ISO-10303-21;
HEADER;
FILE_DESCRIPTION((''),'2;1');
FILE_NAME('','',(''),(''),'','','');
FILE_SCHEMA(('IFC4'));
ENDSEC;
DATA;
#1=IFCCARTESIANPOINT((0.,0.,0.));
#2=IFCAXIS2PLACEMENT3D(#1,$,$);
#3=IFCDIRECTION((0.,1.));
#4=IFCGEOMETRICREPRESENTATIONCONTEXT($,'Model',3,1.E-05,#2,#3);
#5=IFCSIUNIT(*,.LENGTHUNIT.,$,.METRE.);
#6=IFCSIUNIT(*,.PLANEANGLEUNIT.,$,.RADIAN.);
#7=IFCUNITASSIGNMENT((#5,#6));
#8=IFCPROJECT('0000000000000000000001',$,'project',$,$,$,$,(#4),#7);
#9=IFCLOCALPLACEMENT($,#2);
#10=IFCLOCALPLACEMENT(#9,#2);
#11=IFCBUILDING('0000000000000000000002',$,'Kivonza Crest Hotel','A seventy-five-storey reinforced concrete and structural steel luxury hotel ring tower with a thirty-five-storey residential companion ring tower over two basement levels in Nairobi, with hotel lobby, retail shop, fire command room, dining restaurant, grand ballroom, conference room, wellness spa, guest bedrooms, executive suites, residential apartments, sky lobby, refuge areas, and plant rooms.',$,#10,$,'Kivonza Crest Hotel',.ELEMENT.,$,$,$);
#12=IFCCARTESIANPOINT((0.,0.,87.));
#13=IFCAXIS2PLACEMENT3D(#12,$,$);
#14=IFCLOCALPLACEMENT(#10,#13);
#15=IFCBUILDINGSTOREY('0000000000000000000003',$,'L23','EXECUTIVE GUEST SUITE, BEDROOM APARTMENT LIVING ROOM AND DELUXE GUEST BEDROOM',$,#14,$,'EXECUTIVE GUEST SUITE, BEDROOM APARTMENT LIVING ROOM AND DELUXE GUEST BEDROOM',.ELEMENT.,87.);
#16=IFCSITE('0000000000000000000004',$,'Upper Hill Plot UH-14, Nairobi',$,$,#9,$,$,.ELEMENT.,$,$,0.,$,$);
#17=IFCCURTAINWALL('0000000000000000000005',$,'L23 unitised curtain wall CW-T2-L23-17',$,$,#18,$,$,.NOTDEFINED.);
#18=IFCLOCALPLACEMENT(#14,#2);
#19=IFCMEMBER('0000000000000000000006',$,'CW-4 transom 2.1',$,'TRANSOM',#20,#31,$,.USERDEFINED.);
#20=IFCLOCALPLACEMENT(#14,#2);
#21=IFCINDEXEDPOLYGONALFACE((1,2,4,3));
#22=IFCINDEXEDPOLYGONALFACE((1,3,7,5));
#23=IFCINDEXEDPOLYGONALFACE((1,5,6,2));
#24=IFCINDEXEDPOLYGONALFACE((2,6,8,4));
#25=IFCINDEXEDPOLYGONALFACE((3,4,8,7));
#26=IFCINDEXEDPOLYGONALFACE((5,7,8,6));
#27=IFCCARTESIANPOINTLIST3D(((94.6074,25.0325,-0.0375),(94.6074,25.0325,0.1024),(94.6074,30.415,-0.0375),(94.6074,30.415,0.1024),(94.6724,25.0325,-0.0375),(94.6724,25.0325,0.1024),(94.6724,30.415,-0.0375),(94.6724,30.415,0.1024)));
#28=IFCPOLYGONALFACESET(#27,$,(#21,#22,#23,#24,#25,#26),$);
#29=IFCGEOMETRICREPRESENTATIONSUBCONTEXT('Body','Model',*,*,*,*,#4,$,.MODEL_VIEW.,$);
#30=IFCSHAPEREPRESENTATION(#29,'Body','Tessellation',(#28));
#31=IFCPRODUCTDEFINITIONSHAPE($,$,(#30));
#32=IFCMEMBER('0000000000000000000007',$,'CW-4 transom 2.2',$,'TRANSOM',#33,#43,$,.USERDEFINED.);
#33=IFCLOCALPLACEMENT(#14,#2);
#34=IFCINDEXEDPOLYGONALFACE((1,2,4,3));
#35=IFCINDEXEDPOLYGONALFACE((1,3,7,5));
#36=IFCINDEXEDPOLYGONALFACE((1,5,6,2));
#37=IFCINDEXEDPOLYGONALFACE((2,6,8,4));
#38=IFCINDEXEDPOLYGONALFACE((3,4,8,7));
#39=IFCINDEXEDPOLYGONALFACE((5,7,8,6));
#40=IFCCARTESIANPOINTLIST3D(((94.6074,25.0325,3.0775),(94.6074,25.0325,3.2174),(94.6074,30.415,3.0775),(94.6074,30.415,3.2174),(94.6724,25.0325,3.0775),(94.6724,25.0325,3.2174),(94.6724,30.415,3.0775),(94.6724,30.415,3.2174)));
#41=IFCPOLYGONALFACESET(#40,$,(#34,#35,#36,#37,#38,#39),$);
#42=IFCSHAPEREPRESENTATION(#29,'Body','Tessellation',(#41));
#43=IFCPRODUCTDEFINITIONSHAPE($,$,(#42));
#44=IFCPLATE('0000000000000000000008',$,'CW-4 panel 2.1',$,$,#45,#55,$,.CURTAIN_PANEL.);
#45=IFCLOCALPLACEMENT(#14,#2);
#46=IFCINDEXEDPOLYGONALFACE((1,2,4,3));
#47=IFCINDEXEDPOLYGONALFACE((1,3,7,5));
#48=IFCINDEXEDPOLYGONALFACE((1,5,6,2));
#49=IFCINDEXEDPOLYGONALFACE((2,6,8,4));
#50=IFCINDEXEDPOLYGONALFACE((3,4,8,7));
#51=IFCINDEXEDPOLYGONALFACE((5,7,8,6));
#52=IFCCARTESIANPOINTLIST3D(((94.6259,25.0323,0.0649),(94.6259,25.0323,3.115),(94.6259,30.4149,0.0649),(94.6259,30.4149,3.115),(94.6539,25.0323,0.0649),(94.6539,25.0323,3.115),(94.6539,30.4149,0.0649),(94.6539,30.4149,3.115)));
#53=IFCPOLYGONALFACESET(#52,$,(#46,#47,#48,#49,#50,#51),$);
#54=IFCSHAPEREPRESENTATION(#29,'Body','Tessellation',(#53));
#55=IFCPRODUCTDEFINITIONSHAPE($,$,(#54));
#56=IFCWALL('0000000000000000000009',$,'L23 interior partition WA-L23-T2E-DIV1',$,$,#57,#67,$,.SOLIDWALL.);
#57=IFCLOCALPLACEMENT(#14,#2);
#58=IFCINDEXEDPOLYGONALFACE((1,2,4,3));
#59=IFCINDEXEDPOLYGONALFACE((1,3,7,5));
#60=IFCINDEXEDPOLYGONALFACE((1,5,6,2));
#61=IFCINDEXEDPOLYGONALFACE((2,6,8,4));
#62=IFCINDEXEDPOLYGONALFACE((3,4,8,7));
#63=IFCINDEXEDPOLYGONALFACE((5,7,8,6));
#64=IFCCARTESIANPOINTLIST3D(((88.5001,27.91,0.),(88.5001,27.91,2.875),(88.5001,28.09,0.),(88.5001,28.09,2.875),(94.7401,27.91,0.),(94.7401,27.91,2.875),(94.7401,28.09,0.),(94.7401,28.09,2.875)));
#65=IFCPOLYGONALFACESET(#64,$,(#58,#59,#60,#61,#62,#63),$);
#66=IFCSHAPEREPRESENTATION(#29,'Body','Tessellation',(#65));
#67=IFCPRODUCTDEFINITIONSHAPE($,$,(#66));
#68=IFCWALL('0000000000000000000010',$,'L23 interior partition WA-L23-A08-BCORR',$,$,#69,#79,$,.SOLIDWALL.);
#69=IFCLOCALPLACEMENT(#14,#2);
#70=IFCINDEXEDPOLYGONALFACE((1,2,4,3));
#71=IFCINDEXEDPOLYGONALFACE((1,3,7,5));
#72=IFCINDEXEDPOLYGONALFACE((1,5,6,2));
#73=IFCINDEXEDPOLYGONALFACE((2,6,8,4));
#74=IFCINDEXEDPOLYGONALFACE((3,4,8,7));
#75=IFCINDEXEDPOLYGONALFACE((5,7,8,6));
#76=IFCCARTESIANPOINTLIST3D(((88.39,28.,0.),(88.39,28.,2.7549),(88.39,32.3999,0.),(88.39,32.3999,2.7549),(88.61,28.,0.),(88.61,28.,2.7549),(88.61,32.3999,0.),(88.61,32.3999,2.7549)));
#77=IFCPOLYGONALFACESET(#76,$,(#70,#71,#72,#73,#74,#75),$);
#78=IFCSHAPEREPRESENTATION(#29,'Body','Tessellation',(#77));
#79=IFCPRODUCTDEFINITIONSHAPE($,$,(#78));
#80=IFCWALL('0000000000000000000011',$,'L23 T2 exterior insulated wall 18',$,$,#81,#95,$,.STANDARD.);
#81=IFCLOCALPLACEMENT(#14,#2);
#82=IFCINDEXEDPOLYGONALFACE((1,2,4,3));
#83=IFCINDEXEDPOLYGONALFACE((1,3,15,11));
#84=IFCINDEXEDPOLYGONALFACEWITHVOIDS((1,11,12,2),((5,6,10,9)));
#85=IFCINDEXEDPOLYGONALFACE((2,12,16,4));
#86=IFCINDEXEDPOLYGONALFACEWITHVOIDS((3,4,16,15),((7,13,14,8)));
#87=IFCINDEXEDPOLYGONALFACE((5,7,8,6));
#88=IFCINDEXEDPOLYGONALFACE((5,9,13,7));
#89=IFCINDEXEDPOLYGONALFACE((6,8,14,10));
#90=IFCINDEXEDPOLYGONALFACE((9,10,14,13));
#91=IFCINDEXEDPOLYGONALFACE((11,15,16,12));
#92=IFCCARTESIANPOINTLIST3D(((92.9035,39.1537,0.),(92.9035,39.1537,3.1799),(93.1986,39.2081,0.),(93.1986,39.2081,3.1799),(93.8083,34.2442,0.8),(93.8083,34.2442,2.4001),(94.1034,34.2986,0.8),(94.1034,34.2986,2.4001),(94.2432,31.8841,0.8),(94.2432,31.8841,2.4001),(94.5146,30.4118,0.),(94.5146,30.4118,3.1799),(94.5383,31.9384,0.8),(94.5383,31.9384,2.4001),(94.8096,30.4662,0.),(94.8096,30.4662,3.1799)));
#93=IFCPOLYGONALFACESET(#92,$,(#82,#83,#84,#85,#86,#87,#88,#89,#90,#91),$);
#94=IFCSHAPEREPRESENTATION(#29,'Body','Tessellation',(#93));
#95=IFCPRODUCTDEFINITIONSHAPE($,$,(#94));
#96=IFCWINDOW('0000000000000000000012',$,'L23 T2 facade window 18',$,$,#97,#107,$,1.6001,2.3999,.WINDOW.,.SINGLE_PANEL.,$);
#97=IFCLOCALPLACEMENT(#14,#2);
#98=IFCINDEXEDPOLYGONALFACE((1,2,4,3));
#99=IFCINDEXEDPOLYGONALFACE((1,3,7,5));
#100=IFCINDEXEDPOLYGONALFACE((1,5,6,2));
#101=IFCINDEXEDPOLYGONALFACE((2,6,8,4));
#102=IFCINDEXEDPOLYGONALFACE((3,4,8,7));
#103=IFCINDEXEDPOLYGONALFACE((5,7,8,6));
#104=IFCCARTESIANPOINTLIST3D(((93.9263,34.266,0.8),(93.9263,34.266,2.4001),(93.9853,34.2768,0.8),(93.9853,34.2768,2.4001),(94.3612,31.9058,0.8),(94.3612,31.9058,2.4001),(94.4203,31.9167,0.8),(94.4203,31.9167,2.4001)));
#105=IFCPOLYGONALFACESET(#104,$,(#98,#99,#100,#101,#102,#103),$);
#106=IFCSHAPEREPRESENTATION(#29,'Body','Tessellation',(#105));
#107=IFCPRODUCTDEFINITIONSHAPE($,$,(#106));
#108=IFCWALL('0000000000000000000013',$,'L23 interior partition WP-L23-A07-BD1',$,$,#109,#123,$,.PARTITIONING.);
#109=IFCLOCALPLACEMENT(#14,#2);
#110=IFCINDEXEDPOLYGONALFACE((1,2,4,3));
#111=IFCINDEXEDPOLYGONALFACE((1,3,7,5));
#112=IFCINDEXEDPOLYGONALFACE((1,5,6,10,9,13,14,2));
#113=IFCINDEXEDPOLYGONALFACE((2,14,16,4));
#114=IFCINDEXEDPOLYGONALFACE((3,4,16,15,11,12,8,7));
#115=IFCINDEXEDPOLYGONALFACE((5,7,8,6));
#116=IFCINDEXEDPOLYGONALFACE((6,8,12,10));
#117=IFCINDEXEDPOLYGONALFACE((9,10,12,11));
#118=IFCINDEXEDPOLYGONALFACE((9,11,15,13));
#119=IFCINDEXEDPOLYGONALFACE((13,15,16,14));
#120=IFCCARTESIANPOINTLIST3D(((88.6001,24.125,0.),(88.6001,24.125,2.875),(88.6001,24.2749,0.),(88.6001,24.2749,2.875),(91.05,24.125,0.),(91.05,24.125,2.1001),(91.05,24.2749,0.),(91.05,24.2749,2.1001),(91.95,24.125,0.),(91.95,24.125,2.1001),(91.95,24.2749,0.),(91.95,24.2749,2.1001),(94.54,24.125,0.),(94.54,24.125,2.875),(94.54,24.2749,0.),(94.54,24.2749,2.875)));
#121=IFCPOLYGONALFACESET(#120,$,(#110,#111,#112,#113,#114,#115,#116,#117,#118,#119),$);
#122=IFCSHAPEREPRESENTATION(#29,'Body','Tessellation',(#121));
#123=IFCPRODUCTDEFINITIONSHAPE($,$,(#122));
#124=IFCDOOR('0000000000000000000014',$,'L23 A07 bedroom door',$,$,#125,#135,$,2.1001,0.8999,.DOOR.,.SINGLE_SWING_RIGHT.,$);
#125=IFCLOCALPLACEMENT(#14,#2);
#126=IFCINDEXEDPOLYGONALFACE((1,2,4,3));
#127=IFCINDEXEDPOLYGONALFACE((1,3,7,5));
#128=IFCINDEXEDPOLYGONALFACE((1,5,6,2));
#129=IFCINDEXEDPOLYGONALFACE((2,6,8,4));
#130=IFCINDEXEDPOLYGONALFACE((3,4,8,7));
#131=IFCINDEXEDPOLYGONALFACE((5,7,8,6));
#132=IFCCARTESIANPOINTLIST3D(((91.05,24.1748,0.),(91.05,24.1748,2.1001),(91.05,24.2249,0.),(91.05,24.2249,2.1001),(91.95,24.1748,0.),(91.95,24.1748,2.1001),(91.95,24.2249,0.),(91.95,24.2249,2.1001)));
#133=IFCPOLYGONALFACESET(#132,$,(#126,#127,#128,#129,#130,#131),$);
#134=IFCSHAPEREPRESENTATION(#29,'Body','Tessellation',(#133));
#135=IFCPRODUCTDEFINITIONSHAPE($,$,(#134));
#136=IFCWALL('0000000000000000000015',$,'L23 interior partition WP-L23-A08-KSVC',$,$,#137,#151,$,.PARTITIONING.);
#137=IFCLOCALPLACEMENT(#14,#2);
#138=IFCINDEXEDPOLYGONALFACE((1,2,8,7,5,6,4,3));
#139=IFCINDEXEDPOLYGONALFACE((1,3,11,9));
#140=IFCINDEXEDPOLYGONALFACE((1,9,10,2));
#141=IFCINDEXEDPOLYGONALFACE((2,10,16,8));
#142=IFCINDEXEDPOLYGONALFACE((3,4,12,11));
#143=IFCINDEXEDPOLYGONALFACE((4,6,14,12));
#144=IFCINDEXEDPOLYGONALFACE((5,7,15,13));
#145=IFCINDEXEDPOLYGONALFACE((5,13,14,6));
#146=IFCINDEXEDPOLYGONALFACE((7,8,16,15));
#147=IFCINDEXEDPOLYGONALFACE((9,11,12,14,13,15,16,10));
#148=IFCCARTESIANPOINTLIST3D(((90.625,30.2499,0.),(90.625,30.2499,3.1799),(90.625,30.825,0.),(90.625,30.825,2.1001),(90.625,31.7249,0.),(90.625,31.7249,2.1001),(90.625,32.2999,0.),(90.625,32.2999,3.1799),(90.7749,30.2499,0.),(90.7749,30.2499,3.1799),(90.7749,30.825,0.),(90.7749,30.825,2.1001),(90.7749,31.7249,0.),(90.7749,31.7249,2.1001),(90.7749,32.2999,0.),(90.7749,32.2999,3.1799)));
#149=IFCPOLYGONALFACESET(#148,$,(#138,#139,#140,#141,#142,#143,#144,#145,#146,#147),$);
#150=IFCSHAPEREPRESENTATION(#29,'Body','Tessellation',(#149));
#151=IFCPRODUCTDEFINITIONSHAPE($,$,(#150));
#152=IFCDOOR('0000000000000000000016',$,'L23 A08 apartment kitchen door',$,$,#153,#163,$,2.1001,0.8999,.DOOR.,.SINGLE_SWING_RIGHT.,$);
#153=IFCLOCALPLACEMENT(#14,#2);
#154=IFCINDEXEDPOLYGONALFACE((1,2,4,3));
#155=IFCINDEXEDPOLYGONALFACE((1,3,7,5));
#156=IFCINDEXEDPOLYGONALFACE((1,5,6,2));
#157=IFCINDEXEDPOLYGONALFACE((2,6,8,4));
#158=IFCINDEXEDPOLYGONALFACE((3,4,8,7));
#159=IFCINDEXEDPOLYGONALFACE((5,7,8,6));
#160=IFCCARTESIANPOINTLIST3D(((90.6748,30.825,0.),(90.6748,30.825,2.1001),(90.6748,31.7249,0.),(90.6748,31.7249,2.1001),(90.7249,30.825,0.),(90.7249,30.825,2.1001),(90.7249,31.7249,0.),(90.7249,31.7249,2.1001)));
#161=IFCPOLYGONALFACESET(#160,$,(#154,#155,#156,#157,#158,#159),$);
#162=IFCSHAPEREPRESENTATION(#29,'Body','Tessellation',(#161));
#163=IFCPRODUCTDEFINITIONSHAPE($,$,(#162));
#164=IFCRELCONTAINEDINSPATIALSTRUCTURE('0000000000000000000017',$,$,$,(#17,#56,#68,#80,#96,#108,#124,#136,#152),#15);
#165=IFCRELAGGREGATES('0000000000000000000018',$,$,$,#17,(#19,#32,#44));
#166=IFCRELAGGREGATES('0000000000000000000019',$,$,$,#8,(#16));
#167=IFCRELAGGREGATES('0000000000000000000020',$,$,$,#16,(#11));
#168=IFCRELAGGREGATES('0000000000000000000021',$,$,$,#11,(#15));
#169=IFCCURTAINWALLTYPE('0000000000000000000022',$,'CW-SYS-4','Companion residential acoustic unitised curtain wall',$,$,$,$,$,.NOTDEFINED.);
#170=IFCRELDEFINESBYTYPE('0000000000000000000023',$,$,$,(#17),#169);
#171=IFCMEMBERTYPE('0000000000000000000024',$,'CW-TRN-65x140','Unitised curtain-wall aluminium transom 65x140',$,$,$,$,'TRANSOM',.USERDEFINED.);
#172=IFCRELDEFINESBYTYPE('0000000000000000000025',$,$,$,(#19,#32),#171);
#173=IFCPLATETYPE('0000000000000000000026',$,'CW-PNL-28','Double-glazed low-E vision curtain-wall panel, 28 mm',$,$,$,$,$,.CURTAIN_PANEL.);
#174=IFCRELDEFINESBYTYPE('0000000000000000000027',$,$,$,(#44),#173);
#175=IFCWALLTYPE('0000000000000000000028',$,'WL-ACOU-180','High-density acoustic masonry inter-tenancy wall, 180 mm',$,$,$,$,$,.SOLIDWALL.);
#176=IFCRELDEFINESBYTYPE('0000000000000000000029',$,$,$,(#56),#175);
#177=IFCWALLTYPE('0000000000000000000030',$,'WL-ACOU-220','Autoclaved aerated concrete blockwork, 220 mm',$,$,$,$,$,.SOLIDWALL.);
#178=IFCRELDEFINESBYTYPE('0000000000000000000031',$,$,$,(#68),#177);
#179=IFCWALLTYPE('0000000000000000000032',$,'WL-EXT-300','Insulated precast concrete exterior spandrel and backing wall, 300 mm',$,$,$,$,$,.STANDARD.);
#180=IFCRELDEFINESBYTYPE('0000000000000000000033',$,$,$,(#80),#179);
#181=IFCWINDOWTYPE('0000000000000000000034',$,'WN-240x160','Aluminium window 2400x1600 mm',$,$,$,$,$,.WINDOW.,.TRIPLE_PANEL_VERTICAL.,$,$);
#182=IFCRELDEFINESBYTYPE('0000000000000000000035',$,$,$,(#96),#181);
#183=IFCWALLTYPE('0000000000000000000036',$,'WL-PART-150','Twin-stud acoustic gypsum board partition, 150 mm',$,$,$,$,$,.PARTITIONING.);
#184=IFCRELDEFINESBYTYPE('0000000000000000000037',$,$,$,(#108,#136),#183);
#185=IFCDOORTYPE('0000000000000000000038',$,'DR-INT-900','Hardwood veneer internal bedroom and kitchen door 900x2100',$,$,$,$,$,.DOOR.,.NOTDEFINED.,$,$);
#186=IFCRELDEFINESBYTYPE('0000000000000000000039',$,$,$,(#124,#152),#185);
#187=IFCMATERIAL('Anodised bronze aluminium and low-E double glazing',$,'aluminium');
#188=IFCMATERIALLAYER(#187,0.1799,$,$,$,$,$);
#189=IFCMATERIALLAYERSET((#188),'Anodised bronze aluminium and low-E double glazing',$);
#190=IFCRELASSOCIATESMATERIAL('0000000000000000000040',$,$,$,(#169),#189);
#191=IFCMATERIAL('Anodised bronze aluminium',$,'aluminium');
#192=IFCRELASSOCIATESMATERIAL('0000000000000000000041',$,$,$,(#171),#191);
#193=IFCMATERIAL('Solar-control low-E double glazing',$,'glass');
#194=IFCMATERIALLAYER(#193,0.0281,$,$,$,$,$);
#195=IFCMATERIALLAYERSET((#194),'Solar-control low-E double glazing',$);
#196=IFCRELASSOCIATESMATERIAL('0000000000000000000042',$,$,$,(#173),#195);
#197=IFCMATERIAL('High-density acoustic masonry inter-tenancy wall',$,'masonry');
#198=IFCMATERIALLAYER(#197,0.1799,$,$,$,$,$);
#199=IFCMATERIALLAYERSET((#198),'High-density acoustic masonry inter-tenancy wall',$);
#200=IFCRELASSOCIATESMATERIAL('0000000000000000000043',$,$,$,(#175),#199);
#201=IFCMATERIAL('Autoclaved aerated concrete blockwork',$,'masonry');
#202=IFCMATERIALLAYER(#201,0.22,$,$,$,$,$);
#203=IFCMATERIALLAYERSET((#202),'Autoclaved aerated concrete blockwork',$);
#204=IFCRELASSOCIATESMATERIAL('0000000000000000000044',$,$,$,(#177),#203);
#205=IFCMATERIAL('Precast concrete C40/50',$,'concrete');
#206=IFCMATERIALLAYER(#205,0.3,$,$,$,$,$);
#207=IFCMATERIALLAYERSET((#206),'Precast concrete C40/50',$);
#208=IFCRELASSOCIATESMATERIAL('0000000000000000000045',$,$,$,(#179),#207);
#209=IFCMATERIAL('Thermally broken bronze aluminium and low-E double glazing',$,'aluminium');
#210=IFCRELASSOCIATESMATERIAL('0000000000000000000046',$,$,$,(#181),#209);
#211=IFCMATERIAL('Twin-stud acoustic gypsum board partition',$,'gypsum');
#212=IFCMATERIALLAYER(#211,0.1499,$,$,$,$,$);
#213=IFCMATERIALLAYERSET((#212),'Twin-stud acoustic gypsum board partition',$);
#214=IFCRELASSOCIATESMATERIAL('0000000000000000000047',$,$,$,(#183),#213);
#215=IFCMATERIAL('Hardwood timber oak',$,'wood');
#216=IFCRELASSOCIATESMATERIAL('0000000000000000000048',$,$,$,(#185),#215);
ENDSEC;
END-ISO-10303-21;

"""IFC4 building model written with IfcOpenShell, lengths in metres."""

from ifc_helpers import new_model, si_unit, direction, frame, frame_2d, origin, origin_2d, place, context, subcontext, project, spatial, rectangle, extrude, material, layer, layer_set, material_profile, profile_set, type_object, element, fill, aggregate, save


model = new_model("IFC4")

# Units and contexts
model_context = context("Model", 3, precision=1e-05, world=origin(), true_north=direction((0.0, 1.0)))
body_context = subcontext(model_context, "Body", "Model", "MODEL_VIEW")
ifc_project = project(units=[si_unit("LENGTHUNIT", "METRE"), si_unit("PLANEANGLEUNIT", "RADIAN")], contexts=[model_context])

# Site, building, storey
site_placement = place(None, origin())
site = spatial("IfcSite", under=ifc_project, at=site_placement, Name="Upper Hill Plot UH-14, Nairobi", CompositionType="ELEMENT", RefElevation=0.0)
building_placement = place(site_placement, origin())
building = spatial("IfcBuilding", under=site, at=building_placement, Name="Kivonza Crest Hotel", Description="A seventy-five-storey reinforced concrete and structural steel luxury hotel ring tower with a thirty-five-storey residential companion ring tower over two basement levels in Nairobi, with hotel lobby, retail shop, fire command room, dining restaurant, grand ballroom, conference room, wellness spa, guest bedrooms, executive suites, residential apartments, sky lobby, refuge areas, and plant rooms.", LongName="Kivonza Crest Hotel", CompositionType="ELEMENT")
storey_placement = place(building_placement, frame((0.0, 0.0, 87.0)))
storey = spatial("IfcBuildingStorey", under=building, at=storey_placement, Name="L23", Description="EXECUTIVE GUEST SUITE, BEDROOM APARTMENT LIVING ROOM AND DELUXE GUEST BEDROOM", LongName="EXECUTIVE GUEST SUITE, BEDROOM APARTMENT LIVING ROOM AND DELUXE GUEST BEDROOM", CompositionType="ELEMENT", Elevation=87.0)

# Curtain wall, members, plate
ifc_material_1 = material(Name="Anodised bronze aluminium and low-E double glazing", Category="aluminium")
ifc_layer_1 = layer(ifc_material_1, 0.1799)
ifc_layer_set_1 = layer_set([ifc_layer_1], Name="Anodised bronze aluminium and low-E double glazing")
curtain_wall_type = type_object("IfcCurtainWallType", Name="CW-SYS-4", Description="Companion residential acoustic unitised curtain wall", PredefinedType="NOTDEFINED", material=ifc_layer_set_1)
curtain_wall_placement = place(storey_placement, origin())
curtain_wall = element("IfcCurtainWall", 1, at=curtain_wall_placement, inside=storey, type_object=curtain_wall_type, Name="L23 unitised curtain wall CW-T2-L23-17", PredefinedType="NOTDEFINED")
ifc_material_2 = material(Name="Anodised bronze aluminium", Category="aluminium")
ifc_material_profile_1 = material_profile(ifc_material_2, rectangle(XDim=0.0649, YDim=0.1399, at=origin_2d()), Name="CW-T 65x140")
ifc_profile_set_1 = profile_set([ifc_material_profile_1], Name="Anodised bronze aluminium")
member_type_1 = type_object("IfcMemberType", Name="CW-TRN-65x140", Description="Unitised curtain-wall aluminium transom 65x140", ElementType="TRANSOM", PredefinedType="USERDEFINED", material=ifc_profile_set_1)
member_1_placement = place(storey_placement, frame((94.6399, 25.0325, 0.0325), z_axis=(0.0, 1.0, 0.0), x_axis=(-1.0, 0.0, 0.0)))
member_1 = element("IfcMember", 2, at=member_1_placement, type_object=member_type_1, Name="CW-4 transom 2.1", ObjectType="TRANSOM", PredefinedType="USERDEFINED", context=body_context, shape_type="SweptSolid", body=[
    extrude(rectangle(XDim=0.0649, YDim=0.1399, at=origin_2d()), origin(), (0.0, 0.0, 1.0), 5.3826),
])
member_2_placement = place(storey_placement, frame((94.6399, 25.0325, 3.1475), z_axis=(0.0, 1.0, 0.0), x_axis=(-1.0, 0.0, 0.0)))
member_2 = element("IfcMember", 3, at=member_2_placement, type_object=member_type_1, Name="CW-4 transom 2.2", ObjectType="TRANSOM", PredefinedType="USERDEFINED", context=body_context, shape_type="SweptSolid", body=[
    extrude(rectangle(XDim=0.0649, YDim=0.1399, at=origin_2d()), origin(), (0.0, 0.0, 1.0), 5.3826),
])
ifc_material_3 = material(Name="Solar-control low-E double glazing", Category="glass")
ifc_layer_2 = layer(ifc_material_3, 0.0281)
ifc_layer_set_2 = layer_set([ifc_layer_2], Name="Solar-control low-E double glazing")
plate_type = type_object("IfcPlateType", Name="CW-PNL-28", Description="Double-glazed low-E vision curtain-wall panel, 28 mm", PredefinedType="CURTAIN_PANEL", material=ifc_layer_set_2)
plate_placement = place(storey_placement, frame((94.6399, 27.7236, 0.0649), z_axis=(0.0, 0.0, 1.0), x_axis=(0.0, 1.0, 0.0)))
plate = element("IfcPlate", 4, at=plate_placement, type_object=plate_type, Name="CW-4 panel 2.1", PredefinedType="CURTAIN_PANEL", context=body_context, shape_type="SweptSolid", body=[
    extrude(rectangle(XDim=5.3826, YDim=0.0281, at=origin_2d()), origin(), (0.0, 0.0, 1.0), 3.05),
])
aggregate(curtain_wall, [member_1, member_2, plate])

# Walls
ifc_material_4 = material(Name="High-density acoustic masonry inter-tenancy wall", Category="masonry")
ifc_layer_3 = layer(ifc_material_4, 0.1799)
ifc_layer_set_3 = layer_set([ifc_layer_3], Name="High-density acoustic masonry inter-tenancy wall")
wall_type_1 = type_object("IfcWallType", Name="WL-ACOU-180", Description="High-density acoustic masonry inter-tenancy wall, 180 mm", PredefinedType="SOLIDWALL", material=ifc_layer_set_3)
wall_1_placement = place(storey_placement, frame((88.5, 28.0, 0.0), z_axis=(0.0, 0.0, 1.0), x_axis=(1.0, 0.0, 0.0)))
element("IfcWall", 5, at=wall_1_placement, inside=storey, type_object=wall_type_1, Name="L23 interior partition WA-L23-T2E-DIV1", PredefinedType="SOLIDWALL", context=body_context, shape_type="SweptSolid", body=[
    extrude(rectangle(XDim=6.24, YDim=0.1799, at=frame_2d((3.1201, 0.0))), origin(), (0.0, 0.0, 1.0), 2.875),
])
ifc_material_5 = material(Name="Autoclaved aerated concrete blockwork", Category="masonry")
ifc_layer_4 = layer(ifc_material_5, 0.22)
ifc_layer_set_4 = layer_set([ifc_layer_4], Name="Autoclaved aerated concrete blockwork")
wall_type_2 = type_object("IfcWallType", Name="WL-ACOU-220", Description="Autoclaved aerated concrete blockwork, 220 mm", PredefinedType="SOLIDWALL", material=ifc_layer_set_4)
wall_2_placement = place(storey_placement, frame((88.5, 28.0, 0.0), z_axis=(0.0, 0.0, 1.0), x_axis=(0.0, 1.0, 0.0)))
element("IfcWall", 6, at=wall_2_placement, inside=storey, type_object=wall_type_2, Name="L23 interior partition WA-L23-A08-BCORR", PredefinedType="SOLIDWALL", context=body_context, shape_type="SweptSolid", body=[
    extrude(rectangle(XDim=4.3999, YDim=0.22, at=frame_2d((2.2, 0.0))), origin(), (0.0, 0.0, 1.0), 2.7549),
])

# Wall, opening, window
ifc_material_6 = material(Name="Precast concrete C40/50", Category="concrete")
ifc_layer_5 = layer(ifc_material_6, 0.3)
ifc_layer_set_5 = layer_set([ifc_layer_5], Name="Precast concrete C40/50")
wall_type_3 = type_object("IfcWallType", Name="WL-EXT-300", Description="Insulated precast concrete exterior spandrel and backing wall, 300 mm", PredefinedType="STANDARD", material=ifc_layer_set_5)
wall_3_placement = place(storey_placement, frame((94.6621, 30.439, 0.0), z_axis=(0.0, 0.0, 1.0), x_axis=(-0.181241, 0.983439, 0.0)))
wall_3 = element("IfcWall", 7, at=wall_3_placement, inside=storey, type_object=wall_type_3, Name="L23 T2 exterior insulated wall 18", PredefinedType="STANDARD", context=body_context, shape_type="SweptSolid", body=[
    extrude(rectangle(XDim=8.8892, YDim=0.3, at=frame_2d((4.4446, 0.0))), origin(), (0.0, 0.0, 1.0), 3.1799),
])
opening_1_placement = place(wall_3_placement, frame((1.4971, 0.0, 0.8)))
opening_1 = element("IfcOpeningElement", 8, at=opening_1_placement, cuts=wall_3, PredefinedType="OPENING", context=body_context, shape_type="SweptSolid", body=[
    extrude(rectangle(XDim=2.3999, YDim=1.6001, at=frame_2d((1.2, 0.8))), frame((0.0, 0.1602, 0.0), z_axis=(0.0, -1.0, 0.0), x_axis=(1.0, 0.0, 0.0)), (0.0, 0.0, 1.0), 0.3201),
])
ifc_material_7 = material(Name="Thermally broken bronze aluminium and low-E double glazing", Category="aluminium")
window_type = type_object("IfcWindowType", Name="WN-240x160", Description="Aluminium window 2400x1600 mm", PartitioningType="TRIPLE_PANEL_VERTICAL", PredefinedType="WINDOW", material=ifc_material_7)
window_placement = place(opening_1_placement, origin())
window = element("IfcWindow", 9, at=window_placement, inside=storey, type_object=window_type, Name="L23 T2 facade window 18", OverallHeight=1.6001, OverallWidth=2.3999, PartitioningType="SINGLE_PANEL", PredefinedType="WINDOW", context=body_context, shape_type="SweptSolid", body=[
    extrude(rectangle(XDim=2.3999, YDim=1.6001, at=frame_2d((1.2, 0.8))), frame((0.0, 0.03, 0.0), z_axis=(0.0, -1.0, 0.0), x_axis=(1.0, 0.0, 0.0)), (0.0, 0.0, 1.0), 0.0601),
])
fill(opening_1, window)

# Walls, openings, doors
ifc_material_8 = material(Name="Twin-stud acoustic gypsum board partition", Category="gypsum")
ifc_layer_6 = layer(ifc_material_8, 0.1499)
ifc_layer_set_6 = layer_set([ifc_layer_6], Name="Twin-stud acoustic gypsum board partition")
wall_type_4 = type_object("IfcWallType", Name="WL-PART-150", Description="Twin-stud acoustic gypsum board partition, 150 mm", PredefinedType="PARTITIONING", material=ifc_layer_set_6)
wall_4_placement = place(storey_placement, frame((88.6001, 24.2, 0.0), z_axis=(0.0, 0.0, 1.0), x_axis=(1.0, 0.0, 0.0)))
wall_4 = element("IfcWall", 10, at=wall_4_placement, inside=storey, type_object=wall_type_4, Name="L23 interior partition WP-L23-A07-BD1", PredefinedType="PARTITIONING", context=body_context, shape_type="SweptSolid", body=[
    extrude(rectangle(XDim=5.9399, YDim=0.1499, at=frame_2d((2.97, 0.0))), origin(), (0.0, 0.0, 1.0), 2.875),
])
opening_2_placement = place(wall_4_placement, frame((2.45, 0.0, 0.0)))
opening_2 = element("IfcOpeningElement", 11, at=opening_2_placement, cuts=wall_4, PredefinedType="OPENING", context=body_context, shape_type="SweptSolid", body=[
    extrude(rectangle(XDim=0.8999, YDim=2.1001, at=frame_2d((0.45, 1.05))), frame((0.0, 0.085, 0.0), z_axis=(0.0, -1.0, 0.0), x_axis=(1.0, 0.0, 0.0)), (0.0, 0.0, 1.0), 0.1699),
])
ifc_material_9 = material(Name="Hardwood timber oak", Category="wood")
door_type_1 = type_object("IfcDoorType", Name="DR-INT-900", Description="Hardwood veneer internal bedroom and kitchen door 900x2100", OperationType="NOTDEFINED", PredefinedType="DOOR", material=ifc_material_9)
door_1_placement = place(opening_2_placement, origin())
door_1 = element("IfcDoor", 12, at=door_1_placement, inside=storey, type_object=door_type_1, Name="L23 A07 bedroom door", OperationType="SINGLE_SWING_RIGHT", OverallHeight=2.1001, OverallWidth=0.8999, PredefinedType="DOOR", context=body_context, shape_type="SweptSolid", body=[
    extrude(rectangle(XDim=0.8999, YDim=2.1001, at=frame_2d((0.45, 1.05))), frame((0.0, 0.0249, 0.0), z_axis=(0.0, -1.0, 0.0), x_axis=(1.0, 0.0, 0.0)), (0.0, 0.0, 1.0), 0.05),
])
fill(opening_2, door_1)
wall_5_placement = place(storey_placement, frame((90.7, 30.25, 0.0), z_axis=(0.0, 0.0, 1.0), x_axis=(0.0, 1.0, 0.0)))
wall_5 = element("IfcWall", 13, at=wall_5_placement, inside=storey, type_object=wall_type_4, Name="L23 interior partition WP-L23-A08-KSVC", PredefinedType="PARTITIONING", context=body_context, shape_type="SweptSolid", body=[
    extrude(rectangle(XDim=2.05, YDim=0.1499, at=frame_2d((1.0249, 0.0))), origin(), (0.0, 0.0, 1.0), 3.1799),
])
opening_3_placement = place(wall_5_placement, frame((0.575, 0.0, 0.0)))
opening_3 = element("IfcOpeningElement", 14, at=opening_3_placement, cuts=wall_5, PredefinedType="OPENING", context=body_context, shape_type="SweptSolid", body=[
    extrude(rectangle(XDim=0.8999, YDim=2.1001, at=frame_2d((0.45, 1.05))), frame((0.0, 0.085, 0.0), z_axis=(0.0, -1.0, 0.0), x_axis=(1.0, 0.0, 0.0)), (0.0, 0.0, 1.0), 0.1699),
])
door_2_placement = place(opening_3_placement, frame((0.8999, 0.0, 0.0), z_axis=(0.0, 0.0, 1.0), x_axis=(-1.0, 0.0, 0.0)))
door_2 = element("IfcDoor", 15, at=door_2_placement, inside=storey, type_object=door_type_1, Name="L23 A08 apartment kitchen door", OperationType="SINGLE_SWING_RIGHT", OverallHeight=2.1001, OverallWidth=0.8999, PredefinedType="DOOR", context=body_context, shape_type="SweptSolid", body=[
    extrude(rectangle(XDim=0.8999, YDim=2.1001, at=frame_2d((0.45, 1.05))), frame((0.0, 0.0249, 0.0), z_axis=(0.0, -1.0, 0.0), x_axis=(1.0, 0.0, 0.0)), (0.0, 0.0, 1.0), 0.05),
])
fill(opening_3, door_2)

save(model, "model.ifc")
